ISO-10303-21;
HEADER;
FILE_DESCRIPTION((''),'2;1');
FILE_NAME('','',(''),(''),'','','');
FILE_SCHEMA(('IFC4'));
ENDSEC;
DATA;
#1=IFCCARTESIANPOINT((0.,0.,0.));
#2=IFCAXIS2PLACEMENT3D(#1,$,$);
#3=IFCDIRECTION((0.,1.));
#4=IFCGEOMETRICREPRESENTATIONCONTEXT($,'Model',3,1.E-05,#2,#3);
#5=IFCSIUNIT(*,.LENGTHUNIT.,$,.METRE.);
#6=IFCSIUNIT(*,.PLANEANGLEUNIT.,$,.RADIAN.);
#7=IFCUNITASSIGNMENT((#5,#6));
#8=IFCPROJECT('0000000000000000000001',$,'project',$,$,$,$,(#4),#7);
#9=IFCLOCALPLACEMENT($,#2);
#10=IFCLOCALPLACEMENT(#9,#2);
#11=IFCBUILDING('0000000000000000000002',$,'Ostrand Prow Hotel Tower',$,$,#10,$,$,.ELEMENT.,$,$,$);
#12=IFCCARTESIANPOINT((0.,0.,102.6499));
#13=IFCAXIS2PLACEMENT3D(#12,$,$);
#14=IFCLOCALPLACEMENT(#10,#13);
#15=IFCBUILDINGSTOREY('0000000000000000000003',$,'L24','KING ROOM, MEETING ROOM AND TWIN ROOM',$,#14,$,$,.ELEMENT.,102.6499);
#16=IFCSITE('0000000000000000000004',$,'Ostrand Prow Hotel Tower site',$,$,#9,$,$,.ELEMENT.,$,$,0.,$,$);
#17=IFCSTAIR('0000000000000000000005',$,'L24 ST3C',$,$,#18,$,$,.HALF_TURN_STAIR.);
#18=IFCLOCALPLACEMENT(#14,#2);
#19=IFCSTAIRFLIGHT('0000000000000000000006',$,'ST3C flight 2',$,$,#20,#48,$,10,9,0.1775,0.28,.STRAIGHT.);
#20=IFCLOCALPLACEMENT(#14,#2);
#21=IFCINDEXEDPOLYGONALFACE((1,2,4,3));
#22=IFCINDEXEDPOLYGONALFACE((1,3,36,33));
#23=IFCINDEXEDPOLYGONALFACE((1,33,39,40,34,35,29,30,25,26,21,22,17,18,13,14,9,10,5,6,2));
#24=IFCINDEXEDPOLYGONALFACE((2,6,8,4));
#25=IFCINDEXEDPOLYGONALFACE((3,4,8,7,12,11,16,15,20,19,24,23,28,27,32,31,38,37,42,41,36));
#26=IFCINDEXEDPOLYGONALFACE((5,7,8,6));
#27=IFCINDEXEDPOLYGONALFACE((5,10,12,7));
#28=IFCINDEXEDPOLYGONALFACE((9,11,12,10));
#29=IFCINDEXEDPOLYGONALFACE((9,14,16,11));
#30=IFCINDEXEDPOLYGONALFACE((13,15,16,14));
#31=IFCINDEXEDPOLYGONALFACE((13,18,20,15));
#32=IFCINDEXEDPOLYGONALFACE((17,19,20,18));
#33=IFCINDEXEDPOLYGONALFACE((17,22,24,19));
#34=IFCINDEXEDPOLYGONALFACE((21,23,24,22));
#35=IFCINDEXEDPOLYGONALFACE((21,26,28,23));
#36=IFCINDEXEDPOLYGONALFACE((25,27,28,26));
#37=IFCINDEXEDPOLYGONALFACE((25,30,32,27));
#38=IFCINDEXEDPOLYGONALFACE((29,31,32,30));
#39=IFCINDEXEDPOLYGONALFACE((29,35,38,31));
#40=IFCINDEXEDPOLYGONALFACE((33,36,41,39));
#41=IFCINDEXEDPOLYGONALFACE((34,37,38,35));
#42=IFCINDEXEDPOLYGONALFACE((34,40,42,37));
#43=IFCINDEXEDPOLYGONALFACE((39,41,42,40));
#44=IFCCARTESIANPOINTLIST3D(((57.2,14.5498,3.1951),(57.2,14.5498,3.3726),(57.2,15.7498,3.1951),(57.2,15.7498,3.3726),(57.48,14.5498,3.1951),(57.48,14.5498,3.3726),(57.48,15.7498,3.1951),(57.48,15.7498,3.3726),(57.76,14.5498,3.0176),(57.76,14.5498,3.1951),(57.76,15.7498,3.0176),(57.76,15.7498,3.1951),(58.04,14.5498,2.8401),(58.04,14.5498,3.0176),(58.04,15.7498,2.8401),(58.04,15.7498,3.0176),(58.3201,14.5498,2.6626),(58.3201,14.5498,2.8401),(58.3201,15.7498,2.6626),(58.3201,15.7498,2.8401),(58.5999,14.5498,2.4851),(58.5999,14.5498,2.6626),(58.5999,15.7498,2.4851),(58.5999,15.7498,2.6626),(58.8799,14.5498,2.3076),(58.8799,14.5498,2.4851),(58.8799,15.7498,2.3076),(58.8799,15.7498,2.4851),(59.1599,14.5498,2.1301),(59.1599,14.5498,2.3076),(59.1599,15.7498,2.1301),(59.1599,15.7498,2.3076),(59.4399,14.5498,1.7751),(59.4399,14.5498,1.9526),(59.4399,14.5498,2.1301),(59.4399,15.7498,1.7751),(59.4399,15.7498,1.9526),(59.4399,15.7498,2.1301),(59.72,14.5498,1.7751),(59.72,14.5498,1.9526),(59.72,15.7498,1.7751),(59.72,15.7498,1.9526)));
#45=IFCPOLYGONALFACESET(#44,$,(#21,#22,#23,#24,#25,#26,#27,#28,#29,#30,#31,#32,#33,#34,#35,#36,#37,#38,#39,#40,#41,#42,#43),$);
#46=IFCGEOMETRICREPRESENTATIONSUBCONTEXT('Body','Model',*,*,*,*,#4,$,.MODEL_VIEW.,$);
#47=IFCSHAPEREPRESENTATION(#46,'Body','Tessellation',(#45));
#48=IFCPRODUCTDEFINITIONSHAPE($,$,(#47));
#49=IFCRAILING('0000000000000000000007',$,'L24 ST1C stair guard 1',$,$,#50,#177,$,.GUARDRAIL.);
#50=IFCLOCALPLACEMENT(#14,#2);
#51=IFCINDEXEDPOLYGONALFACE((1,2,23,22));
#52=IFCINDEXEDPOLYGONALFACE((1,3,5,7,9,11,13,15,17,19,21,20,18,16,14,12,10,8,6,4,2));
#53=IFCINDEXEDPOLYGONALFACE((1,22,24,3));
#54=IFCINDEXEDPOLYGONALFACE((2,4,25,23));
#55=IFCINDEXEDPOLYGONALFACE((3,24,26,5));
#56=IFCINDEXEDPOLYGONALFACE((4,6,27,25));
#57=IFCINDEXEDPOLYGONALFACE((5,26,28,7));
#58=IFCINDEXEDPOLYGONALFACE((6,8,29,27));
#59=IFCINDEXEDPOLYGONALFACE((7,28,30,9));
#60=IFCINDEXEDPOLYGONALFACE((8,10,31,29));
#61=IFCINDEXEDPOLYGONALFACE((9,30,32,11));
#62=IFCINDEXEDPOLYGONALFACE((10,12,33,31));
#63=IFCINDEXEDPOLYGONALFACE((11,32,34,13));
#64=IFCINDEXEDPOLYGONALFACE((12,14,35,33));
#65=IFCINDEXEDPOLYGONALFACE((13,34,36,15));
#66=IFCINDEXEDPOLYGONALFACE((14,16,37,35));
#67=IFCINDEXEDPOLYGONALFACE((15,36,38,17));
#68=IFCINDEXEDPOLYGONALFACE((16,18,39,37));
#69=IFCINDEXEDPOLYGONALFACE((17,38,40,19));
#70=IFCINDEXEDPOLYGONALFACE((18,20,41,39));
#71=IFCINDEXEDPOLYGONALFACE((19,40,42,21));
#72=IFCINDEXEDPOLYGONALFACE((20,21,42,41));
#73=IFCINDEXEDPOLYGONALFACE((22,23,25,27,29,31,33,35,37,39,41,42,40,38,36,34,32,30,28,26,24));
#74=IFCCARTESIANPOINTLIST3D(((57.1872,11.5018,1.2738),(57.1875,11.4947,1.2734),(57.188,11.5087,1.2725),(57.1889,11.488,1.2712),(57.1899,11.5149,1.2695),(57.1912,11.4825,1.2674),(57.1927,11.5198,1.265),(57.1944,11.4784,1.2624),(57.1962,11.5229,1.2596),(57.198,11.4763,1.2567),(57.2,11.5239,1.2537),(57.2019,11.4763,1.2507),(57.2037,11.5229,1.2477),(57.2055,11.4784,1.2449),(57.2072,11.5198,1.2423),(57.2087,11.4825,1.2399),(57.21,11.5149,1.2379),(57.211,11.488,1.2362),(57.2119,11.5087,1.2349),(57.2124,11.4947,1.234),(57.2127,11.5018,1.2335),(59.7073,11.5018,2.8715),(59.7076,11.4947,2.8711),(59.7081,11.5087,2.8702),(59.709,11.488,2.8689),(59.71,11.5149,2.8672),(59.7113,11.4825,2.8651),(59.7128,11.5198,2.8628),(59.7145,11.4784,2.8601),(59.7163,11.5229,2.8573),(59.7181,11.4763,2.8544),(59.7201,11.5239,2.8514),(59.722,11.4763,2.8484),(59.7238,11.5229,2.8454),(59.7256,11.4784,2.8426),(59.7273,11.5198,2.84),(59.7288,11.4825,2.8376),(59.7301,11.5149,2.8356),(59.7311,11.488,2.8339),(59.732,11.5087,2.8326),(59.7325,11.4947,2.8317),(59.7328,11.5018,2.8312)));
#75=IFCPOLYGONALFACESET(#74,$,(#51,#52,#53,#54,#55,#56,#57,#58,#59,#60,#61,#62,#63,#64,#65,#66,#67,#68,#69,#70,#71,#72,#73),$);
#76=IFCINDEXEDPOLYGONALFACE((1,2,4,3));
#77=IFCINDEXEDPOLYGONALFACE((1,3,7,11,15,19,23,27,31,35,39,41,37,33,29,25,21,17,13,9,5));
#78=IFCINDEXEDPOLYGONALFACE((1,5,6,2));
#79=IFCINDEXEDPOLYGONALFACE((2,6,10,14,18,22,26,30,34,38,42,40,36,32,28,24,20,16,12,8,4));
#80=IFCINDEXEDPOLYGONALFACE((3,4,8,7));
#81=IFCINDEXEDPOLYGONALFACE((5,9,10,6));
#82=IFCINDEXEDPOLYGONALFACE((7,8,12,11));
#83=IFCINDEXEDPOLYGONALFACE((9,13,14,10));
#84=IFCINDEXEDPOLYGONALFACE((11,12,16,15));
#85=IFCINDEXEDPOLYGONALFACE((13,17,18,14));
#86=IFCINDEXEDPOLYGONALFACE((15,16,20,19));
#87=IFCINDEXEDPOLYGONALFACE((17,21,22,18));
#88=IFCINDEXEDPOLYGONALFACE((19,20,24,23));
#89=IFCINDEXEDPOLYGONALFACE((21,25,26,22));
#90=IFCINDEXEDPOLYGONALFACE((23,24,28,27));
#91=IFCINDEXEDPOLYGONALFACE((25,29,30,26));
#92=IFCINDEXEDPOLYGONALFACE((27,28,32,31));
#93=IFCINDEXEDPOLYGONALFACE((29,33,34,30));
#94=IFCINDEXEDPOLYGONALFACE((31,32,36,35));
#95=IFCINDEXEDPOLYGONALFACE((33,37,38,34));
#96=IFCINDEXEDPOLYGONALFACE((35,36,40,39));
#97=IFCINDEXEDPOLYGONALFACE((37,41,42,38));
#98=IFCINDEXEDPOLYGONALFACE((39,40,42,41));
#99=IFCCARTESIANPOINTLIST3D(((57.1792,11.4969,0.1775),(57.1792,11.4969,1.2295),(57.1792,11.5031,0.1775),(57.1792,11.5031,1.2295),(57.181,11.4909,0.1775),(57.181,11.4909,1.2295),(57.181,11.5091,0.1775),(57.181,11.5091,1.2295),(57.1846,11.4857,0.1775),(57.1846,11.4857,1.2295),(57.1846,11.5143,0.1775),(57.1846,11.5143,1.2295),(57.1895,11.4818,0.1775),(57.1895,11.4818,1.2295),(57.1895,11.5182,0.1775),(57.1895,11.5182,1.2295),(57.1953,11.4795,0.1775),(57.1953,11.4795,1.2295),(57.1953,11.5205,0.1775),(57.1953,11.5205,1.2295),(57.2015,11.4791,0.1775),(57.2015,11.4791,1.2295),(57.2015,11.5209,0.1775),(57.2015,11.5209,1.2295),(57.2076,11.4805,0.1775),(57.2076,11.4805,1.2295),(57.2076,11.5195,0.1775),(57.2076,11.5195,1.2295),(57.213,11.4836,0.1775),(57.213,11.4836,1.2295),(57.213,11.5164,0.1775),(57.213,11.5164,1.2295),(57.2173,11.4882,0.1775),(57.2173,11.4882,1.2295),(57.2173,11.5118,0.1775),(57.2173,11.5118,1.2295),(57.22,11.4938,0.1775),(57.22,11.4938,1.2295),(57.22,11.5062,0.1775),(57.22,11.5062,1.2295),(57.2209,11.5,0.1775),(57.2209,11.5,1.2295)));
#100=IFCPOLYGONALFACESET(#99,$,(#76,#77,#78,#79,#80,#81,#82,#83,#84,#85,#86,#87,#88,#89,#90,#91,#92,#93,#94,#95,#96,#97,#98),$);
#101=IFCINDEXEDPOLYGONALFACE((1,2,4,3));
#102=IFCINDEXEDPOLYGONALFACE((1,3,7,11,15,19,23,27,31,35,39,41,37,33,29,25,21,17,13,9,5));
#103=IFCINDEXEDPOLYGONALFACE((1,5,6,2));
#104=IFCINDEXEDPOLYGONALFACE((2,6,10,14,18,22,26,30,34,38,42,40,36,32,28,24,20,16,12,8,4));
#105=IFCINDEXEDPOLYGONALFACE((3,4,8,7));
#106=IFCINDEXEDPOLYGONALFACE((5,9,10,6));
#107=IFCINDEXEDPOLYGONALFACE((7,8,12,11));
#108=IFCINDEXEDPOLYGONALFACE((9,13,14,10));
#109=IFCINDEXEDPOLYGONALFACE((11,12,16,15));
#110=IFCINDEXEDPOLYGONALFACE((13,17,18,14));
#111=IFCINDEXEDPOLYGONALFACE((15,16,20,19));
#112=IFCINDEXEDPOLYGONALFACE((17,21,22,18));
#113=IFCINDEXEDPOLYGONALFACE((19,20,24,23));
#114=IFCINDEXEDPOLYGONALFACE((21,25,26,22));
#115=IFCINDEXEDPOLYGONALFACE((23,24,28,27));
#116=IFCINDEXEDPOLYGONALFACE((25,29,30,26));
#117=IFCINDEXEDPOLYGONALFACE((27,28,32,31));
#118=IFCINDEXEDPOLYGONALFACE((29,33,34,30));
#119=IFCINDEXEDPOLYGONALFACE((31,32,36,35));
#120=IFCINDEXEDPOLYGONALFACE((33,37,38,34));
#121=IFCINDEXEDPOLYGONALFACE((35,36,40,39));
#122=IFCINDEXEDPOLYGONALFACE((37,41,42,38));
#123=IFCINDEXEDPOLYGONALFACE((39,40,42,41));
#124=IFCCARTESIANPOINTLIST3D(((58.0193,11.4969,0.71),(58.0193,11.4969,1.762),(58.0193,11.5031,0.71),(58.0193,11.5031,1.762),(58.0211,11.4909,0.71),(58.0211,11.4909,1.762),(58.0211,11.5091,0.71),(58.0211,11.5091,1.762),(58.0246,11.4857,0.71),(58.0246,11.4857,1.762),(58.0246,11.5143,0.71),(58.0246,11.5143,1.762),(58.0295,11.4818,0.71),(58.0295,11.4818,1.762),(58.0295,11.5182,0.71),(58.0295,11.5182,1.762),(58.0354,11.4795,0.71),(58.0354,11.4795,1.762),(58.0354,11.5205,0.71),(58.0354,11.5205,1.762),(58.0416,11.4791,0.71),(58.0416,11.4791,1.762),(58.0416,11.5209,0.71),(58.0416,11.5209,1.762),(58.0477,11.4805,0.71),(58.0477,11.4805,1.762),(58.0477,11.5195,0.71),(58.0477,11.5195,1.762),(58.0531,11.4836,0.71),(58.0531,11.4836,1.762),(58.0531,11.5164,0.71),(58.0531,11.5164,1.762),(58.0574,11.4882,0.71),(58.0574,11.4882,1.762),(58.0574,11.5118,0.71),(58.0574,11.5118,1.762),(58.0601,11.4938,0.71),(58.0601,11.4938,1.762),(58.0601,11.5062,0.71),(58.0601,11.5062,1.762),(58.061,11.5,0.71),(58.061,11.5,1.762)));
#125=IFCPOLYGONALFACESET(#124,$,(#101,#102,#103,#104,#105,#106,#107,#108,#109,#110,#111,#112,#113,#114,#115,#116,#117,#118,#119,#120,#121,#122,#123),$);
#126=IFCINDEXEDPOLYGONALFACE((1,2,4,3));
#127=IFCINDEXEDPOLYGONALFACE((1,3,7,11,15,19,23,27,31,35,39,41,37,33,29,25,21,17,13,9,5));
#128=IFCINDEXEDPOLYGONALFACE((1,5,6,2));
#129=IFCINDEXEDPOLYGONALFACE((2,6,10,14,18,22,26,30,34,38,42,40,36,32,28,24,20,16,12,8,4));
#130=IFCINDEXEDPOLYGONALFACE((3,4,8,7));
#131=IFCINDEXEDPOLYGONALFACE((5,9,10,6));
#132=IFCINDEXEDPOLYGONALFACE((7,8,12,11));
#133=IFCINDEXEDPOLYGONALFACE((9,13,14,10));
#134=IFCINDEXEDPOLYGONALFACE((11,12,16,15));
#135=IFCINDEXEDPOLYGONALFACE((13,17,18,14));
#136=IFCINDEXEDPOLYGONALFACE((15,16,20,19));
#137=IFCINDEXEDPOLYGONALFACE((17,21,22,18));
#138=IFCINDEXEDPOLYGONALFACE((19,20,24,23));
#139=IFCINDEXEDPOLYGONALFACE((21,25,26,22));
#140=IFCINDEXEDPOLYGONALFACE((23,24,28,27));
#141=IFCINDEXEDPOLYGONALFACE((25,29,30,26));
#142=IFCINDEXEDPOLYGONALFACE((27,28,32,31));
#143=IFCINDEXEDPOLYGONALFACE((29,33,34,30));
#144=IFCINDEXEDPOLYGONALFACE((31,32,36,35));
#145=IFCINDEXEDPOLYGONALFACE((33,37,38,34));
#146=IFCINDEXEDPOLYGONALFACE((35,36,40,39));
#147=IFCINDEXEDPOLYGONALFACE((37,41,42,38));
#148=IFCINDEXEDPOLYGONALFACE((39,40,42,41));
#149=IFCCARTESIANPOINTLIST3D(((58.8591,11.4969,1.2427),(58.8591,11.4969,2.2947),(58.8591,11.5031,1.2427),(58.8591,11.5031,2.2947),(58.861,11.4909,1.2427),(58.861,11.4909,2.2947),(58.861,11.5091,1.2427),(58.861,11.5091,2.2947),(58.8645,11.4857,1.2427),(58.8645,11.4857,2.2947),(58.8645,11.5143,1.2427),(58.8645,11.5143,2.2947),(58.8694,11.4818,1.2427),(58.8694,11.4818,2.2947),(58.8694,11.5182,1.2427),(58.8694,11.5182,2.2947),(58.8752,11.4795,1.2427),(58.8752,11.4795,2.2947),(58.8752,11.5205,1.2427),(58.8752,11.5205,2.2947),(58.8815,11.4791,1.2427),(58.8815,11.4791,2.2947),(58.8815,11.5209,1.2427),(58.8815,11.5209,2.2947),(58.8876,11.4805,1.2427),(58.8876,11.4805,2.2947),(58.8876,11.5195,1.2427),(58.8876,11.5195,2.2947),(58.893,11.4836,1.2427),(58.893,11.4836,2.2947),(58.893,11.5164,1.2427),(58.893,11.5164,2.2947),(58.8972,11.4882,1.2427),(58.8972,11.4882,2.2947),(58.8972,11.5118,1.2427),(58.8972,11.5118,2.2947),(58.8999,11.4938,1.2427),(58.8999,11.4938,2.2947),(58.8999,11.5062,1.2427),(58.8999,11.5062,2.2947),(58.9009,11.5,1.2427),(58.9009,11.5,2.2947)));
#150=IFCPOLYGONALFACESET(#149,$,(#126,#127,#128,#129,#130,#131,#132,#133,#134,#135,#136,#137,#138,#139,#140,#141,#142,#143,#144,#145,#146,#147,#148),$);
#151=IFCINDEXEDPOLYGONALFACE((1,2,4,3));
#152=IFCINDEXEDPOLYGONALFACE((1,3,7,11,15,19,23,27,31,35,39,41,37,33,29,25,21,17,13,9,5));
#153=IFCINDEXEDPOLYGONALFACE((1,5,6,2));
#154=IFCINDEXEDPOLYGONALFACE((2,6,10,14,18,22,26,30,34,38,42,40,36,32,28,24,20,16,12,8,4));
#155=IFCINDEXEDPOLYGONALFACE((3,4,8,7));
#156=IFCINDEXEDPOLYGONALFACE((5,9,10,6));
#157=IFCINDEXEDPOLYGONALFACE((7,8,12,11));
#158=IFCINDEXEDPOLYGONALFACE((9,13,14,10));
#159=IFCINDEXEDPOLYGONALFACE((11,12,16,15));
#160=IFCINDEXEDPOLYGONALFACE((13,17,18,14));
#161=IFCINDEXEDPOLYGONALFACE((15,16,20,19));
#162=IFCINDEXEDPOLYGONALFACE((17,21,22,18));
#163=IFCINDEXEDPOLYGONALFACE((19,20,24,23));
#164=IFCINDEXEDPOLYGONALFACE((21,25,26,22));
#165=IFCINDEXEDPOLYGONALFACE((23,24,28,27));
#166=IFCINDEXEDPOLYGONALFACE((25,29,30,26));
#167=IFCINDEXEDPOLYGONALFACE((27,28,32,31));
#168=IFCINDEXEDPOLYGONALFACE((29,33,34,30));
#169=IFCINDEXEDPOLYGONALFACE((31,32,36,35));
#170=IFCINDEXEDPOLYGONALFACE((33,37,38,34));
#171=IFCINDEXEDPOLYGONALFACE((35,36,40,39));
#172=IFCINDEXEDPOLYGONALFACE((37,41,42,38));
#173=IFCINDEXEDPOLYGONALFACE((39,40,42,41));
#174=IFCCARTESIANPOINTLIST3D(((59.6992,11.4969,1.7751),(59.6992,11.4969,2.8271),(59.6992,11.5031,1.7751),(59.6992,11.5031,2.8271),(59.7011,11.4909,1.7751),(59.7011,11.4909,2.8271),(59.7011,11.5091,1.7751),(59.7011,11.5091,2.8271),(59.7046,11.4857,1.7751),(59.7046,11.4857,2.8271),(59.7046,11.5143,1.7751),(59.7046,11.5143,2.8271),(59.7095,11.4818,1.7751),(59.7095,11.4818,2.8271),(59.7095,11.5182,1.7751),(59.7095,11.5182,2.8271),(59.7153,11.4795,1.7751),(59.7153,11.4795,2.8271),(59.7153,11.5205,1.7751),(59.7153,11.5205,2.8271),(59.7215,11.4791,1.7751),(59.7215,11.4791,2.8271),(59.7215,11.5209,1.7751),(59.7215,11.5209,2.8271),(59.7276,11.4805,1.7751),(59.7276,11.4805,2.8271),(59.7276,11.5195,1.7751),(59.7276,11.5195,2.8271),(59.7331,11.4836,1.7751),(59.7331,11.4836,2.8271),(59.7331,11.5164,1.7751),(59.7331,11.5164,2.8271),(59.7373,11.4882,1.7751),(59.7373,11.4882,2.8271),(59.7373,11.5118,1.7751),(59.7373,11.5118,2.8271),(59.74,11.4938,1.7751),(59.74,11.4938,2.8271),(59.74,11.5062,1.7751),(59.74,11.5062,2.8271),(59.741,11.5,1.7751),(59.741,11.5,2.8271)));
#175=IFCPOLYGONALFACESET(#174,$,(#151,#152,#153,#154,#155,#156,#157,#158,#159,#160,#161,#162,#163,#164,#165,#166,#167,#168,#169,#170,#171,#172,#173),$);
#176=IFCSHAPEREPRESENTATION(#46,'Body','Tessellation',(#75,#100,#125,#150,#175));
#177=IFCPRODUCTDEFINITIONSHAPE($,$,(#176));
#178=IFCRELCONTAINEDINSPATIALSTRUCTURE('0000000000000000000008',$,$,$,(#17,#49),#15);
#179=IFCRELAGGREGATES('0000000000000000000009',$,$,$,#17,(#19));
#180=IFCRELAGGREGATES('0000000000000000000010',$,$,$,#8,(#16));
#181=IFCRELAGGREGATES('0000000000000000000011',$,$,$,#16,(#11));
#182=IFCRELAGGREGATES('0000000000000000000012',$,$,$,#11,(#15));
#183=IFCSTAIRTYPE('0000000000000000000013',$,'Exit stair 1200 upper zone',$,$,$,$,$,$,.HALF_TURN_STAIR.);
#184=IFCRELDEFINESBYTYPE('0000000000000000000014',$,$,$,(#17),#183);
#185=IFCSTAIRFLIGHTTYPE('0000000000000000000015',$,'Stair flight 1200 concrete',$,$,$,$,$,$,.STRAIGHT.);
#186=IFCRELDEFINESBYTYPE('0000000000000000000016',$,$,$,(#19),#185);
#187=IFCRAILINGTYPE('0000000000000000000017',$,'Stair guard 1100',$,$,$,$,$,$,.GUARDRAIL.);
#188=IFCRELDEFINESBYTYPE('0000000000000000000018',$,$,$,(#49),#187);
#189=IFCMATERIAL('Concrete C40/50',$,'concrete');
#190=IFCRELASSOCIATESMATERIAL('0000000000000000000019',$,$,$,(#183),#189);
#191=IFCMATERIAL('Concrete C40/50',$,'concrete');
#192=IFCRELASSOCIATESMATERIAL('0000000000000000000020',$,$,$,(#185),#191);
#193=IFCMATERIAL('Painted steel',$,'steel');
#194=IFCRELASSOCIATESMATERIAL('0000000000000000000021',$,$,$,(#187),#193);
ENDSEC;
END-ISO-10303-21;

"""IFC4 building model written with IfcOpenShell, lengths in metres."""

from ifc_helpers import new_model, si_unit, direction, frame, origin, origin_2d, place, context, subcontext, project, spatial, polyline, circle, outline, extrude, material, type_object, element, aggregate, save


model = new_model("IFC4")

# Units and contexts
model_context = context("Model", 3, precision=1e-05, world=origin(), true_north=direction((0.0, 1.0)))
body_context = subcontext(model_context, "Body", "Model", "MODEL_VIEW")
ifc_project = project(units=[si_unit("LENGTHUNIT", "METRE"), si_unit("PLANEANGLEUNIT", "RADIAN")], contexts=[model_context])

# Site, building, storey
site_placement = place(None, origin())
site = spatial("IfcSite", under=ifc_project, at=site_placement, Name="Ostrand Prow Hotel Tower site", CompositionType="ELEMENT", RefElevation=0.0)
building_placement = place(site_placement, origin())
building = spatial("IfcBuilding", under=site, at=building_placement, Name="Ostrand Prow Hotel Tower", CompositionType="ELEMENT")
storey_placement = place(building_placement, frame((0.0, 0.0, 102.6499)))
storey = spatial("IfcBuildingStorey", under=building, at=storey_placement, Name="L24", Description="KING ROOM, MEETING ROOM AND TWIN ROOM", CompositionType="ELEMENT", Elevation=102.6499)

# Shared definitions
ifc_material_1 = material(Name="Concrete C40/50", Category="concrete")
stair_type = type_object("IfcStairType", Name="Exit stair 1200 upper zone", PredefinedType="HALF_TURN_STAIR", material=ifc_material_1)
ifc_material_2 = material(Name="Concrete C40/50", Category="concrete")
stair_flight_type = type_object("IfcStairFlightType", Name="Stair flight 1200 concrete", PredefinedType="STRAIGHT", material=ifc_material_2)

# Stair, stair flight
stair_1_placement = place(storey_placement, origin())
stair_1 = element("IfcStair", 1, at=stair_1_placement, inside=storey, type_object=stair_type, Name="L24 ST3C", PredefinedType="HALF_TURN_STAIR")
stair_flight_1_placement = place(storey_placement, frame((59.72, 15.1499, 1.7751), z_axis=(0.0, 0.0, 1.0), x_axis=(-1.0, 0.0, 0.0)))
stair_flight_1 = element("IfcStairFlight", 2, at=stair_flight_1_placement, type_object=stair_flight_type, Name="ST3C flight 2", NumberOfRisers=10, NumberOfTreads=9, PredefinedType="STRAIGHT", RiserHeight=0.1775, TreadLength=0.28, context=body_context, shape_type="SweptSolid", body=[
    extrude(outline(polyline([(0.0, 0.0), (0.0, 0.1775), (0.28, 0.1775), (0.28, 0.355), (0.5601, 0.355), (0.5601, 0.5325), (0.8401, 0.5325), (0.8401, 0.71), (1.1201, 0.71), (1.1201, 0.8875), (1.3999, 0.8875), (1.3999, 1.0649), (1.6799, 1.0649), (1.6799, 1.2424), (1.96, 1.2424), (1.96, 1.4199), (2.24, 1.4199), (2.24, 1.5974), (2.52, 1.5974), (2.52, 1.7749), (2.52, 1.4199), (0.28, 0.0), (0.0, 0.0)])), frame((0.0, 0.6001, 0.0), z_axis=(0.0, -1.0, 0.0), x_axis=(1.0, 0.0, 0.0)), (0.0, 0.0, 1.0), 1.2),
])
aggregate(stair_1, [stair_flight_1])

# Railing
ifc_material_3 = material(Name="Painted steel", Category="steel")
railing_type_1 = type_object("IfcRailingType", Name="Stair guard 1100", PredefinedType="GUARDRAIL", material=ifc_material_3)
railing_1_placement = place(storey_placement, frame((57.2, 11.5, 0.1775)))
element("IfcRailing", 3, at=railing_1_placement, inside=storey, type_object=railing_type_1, Name="L24 ST1C stair guard 1", PredefinedType="GUARDRAIL", context=body_context, shape_type="SweptSolid", body=[
    extrude(circle(Radius=0.0239, at=origin_2d()), frame((0.0, 0.0, 1.0762), z_axis=(0.84457, 0.0, 0.535445), x_axis=(0.0, 1.0, 0.0)), (0.0, 0.0, 1.0), 2.9839),
    extrude(circle(Radius=0.021, at=origin_2d()), origin(), (0.0, 0.0, 1.0), 1.052),
    extrude(circle(Radius=0.021, at=origin_2d()), frame((0.8401, 0.0, 0.5325)), (0.0, 0.0, 1.0), 1.052),
    extrude(circle(Radius=0.021, at=origin_2d()), frame((1.6799, 0.0, 1.0652)), (0.0, 0.0, 1.0), 1.052),
    extrude(circle(Radius=0.021, at=origin_2d()), frame((2.52, 0.0, 1.5977)), (0.0, 0.0, 1.0), 1.052),
])

save(model, "model.ifc")
